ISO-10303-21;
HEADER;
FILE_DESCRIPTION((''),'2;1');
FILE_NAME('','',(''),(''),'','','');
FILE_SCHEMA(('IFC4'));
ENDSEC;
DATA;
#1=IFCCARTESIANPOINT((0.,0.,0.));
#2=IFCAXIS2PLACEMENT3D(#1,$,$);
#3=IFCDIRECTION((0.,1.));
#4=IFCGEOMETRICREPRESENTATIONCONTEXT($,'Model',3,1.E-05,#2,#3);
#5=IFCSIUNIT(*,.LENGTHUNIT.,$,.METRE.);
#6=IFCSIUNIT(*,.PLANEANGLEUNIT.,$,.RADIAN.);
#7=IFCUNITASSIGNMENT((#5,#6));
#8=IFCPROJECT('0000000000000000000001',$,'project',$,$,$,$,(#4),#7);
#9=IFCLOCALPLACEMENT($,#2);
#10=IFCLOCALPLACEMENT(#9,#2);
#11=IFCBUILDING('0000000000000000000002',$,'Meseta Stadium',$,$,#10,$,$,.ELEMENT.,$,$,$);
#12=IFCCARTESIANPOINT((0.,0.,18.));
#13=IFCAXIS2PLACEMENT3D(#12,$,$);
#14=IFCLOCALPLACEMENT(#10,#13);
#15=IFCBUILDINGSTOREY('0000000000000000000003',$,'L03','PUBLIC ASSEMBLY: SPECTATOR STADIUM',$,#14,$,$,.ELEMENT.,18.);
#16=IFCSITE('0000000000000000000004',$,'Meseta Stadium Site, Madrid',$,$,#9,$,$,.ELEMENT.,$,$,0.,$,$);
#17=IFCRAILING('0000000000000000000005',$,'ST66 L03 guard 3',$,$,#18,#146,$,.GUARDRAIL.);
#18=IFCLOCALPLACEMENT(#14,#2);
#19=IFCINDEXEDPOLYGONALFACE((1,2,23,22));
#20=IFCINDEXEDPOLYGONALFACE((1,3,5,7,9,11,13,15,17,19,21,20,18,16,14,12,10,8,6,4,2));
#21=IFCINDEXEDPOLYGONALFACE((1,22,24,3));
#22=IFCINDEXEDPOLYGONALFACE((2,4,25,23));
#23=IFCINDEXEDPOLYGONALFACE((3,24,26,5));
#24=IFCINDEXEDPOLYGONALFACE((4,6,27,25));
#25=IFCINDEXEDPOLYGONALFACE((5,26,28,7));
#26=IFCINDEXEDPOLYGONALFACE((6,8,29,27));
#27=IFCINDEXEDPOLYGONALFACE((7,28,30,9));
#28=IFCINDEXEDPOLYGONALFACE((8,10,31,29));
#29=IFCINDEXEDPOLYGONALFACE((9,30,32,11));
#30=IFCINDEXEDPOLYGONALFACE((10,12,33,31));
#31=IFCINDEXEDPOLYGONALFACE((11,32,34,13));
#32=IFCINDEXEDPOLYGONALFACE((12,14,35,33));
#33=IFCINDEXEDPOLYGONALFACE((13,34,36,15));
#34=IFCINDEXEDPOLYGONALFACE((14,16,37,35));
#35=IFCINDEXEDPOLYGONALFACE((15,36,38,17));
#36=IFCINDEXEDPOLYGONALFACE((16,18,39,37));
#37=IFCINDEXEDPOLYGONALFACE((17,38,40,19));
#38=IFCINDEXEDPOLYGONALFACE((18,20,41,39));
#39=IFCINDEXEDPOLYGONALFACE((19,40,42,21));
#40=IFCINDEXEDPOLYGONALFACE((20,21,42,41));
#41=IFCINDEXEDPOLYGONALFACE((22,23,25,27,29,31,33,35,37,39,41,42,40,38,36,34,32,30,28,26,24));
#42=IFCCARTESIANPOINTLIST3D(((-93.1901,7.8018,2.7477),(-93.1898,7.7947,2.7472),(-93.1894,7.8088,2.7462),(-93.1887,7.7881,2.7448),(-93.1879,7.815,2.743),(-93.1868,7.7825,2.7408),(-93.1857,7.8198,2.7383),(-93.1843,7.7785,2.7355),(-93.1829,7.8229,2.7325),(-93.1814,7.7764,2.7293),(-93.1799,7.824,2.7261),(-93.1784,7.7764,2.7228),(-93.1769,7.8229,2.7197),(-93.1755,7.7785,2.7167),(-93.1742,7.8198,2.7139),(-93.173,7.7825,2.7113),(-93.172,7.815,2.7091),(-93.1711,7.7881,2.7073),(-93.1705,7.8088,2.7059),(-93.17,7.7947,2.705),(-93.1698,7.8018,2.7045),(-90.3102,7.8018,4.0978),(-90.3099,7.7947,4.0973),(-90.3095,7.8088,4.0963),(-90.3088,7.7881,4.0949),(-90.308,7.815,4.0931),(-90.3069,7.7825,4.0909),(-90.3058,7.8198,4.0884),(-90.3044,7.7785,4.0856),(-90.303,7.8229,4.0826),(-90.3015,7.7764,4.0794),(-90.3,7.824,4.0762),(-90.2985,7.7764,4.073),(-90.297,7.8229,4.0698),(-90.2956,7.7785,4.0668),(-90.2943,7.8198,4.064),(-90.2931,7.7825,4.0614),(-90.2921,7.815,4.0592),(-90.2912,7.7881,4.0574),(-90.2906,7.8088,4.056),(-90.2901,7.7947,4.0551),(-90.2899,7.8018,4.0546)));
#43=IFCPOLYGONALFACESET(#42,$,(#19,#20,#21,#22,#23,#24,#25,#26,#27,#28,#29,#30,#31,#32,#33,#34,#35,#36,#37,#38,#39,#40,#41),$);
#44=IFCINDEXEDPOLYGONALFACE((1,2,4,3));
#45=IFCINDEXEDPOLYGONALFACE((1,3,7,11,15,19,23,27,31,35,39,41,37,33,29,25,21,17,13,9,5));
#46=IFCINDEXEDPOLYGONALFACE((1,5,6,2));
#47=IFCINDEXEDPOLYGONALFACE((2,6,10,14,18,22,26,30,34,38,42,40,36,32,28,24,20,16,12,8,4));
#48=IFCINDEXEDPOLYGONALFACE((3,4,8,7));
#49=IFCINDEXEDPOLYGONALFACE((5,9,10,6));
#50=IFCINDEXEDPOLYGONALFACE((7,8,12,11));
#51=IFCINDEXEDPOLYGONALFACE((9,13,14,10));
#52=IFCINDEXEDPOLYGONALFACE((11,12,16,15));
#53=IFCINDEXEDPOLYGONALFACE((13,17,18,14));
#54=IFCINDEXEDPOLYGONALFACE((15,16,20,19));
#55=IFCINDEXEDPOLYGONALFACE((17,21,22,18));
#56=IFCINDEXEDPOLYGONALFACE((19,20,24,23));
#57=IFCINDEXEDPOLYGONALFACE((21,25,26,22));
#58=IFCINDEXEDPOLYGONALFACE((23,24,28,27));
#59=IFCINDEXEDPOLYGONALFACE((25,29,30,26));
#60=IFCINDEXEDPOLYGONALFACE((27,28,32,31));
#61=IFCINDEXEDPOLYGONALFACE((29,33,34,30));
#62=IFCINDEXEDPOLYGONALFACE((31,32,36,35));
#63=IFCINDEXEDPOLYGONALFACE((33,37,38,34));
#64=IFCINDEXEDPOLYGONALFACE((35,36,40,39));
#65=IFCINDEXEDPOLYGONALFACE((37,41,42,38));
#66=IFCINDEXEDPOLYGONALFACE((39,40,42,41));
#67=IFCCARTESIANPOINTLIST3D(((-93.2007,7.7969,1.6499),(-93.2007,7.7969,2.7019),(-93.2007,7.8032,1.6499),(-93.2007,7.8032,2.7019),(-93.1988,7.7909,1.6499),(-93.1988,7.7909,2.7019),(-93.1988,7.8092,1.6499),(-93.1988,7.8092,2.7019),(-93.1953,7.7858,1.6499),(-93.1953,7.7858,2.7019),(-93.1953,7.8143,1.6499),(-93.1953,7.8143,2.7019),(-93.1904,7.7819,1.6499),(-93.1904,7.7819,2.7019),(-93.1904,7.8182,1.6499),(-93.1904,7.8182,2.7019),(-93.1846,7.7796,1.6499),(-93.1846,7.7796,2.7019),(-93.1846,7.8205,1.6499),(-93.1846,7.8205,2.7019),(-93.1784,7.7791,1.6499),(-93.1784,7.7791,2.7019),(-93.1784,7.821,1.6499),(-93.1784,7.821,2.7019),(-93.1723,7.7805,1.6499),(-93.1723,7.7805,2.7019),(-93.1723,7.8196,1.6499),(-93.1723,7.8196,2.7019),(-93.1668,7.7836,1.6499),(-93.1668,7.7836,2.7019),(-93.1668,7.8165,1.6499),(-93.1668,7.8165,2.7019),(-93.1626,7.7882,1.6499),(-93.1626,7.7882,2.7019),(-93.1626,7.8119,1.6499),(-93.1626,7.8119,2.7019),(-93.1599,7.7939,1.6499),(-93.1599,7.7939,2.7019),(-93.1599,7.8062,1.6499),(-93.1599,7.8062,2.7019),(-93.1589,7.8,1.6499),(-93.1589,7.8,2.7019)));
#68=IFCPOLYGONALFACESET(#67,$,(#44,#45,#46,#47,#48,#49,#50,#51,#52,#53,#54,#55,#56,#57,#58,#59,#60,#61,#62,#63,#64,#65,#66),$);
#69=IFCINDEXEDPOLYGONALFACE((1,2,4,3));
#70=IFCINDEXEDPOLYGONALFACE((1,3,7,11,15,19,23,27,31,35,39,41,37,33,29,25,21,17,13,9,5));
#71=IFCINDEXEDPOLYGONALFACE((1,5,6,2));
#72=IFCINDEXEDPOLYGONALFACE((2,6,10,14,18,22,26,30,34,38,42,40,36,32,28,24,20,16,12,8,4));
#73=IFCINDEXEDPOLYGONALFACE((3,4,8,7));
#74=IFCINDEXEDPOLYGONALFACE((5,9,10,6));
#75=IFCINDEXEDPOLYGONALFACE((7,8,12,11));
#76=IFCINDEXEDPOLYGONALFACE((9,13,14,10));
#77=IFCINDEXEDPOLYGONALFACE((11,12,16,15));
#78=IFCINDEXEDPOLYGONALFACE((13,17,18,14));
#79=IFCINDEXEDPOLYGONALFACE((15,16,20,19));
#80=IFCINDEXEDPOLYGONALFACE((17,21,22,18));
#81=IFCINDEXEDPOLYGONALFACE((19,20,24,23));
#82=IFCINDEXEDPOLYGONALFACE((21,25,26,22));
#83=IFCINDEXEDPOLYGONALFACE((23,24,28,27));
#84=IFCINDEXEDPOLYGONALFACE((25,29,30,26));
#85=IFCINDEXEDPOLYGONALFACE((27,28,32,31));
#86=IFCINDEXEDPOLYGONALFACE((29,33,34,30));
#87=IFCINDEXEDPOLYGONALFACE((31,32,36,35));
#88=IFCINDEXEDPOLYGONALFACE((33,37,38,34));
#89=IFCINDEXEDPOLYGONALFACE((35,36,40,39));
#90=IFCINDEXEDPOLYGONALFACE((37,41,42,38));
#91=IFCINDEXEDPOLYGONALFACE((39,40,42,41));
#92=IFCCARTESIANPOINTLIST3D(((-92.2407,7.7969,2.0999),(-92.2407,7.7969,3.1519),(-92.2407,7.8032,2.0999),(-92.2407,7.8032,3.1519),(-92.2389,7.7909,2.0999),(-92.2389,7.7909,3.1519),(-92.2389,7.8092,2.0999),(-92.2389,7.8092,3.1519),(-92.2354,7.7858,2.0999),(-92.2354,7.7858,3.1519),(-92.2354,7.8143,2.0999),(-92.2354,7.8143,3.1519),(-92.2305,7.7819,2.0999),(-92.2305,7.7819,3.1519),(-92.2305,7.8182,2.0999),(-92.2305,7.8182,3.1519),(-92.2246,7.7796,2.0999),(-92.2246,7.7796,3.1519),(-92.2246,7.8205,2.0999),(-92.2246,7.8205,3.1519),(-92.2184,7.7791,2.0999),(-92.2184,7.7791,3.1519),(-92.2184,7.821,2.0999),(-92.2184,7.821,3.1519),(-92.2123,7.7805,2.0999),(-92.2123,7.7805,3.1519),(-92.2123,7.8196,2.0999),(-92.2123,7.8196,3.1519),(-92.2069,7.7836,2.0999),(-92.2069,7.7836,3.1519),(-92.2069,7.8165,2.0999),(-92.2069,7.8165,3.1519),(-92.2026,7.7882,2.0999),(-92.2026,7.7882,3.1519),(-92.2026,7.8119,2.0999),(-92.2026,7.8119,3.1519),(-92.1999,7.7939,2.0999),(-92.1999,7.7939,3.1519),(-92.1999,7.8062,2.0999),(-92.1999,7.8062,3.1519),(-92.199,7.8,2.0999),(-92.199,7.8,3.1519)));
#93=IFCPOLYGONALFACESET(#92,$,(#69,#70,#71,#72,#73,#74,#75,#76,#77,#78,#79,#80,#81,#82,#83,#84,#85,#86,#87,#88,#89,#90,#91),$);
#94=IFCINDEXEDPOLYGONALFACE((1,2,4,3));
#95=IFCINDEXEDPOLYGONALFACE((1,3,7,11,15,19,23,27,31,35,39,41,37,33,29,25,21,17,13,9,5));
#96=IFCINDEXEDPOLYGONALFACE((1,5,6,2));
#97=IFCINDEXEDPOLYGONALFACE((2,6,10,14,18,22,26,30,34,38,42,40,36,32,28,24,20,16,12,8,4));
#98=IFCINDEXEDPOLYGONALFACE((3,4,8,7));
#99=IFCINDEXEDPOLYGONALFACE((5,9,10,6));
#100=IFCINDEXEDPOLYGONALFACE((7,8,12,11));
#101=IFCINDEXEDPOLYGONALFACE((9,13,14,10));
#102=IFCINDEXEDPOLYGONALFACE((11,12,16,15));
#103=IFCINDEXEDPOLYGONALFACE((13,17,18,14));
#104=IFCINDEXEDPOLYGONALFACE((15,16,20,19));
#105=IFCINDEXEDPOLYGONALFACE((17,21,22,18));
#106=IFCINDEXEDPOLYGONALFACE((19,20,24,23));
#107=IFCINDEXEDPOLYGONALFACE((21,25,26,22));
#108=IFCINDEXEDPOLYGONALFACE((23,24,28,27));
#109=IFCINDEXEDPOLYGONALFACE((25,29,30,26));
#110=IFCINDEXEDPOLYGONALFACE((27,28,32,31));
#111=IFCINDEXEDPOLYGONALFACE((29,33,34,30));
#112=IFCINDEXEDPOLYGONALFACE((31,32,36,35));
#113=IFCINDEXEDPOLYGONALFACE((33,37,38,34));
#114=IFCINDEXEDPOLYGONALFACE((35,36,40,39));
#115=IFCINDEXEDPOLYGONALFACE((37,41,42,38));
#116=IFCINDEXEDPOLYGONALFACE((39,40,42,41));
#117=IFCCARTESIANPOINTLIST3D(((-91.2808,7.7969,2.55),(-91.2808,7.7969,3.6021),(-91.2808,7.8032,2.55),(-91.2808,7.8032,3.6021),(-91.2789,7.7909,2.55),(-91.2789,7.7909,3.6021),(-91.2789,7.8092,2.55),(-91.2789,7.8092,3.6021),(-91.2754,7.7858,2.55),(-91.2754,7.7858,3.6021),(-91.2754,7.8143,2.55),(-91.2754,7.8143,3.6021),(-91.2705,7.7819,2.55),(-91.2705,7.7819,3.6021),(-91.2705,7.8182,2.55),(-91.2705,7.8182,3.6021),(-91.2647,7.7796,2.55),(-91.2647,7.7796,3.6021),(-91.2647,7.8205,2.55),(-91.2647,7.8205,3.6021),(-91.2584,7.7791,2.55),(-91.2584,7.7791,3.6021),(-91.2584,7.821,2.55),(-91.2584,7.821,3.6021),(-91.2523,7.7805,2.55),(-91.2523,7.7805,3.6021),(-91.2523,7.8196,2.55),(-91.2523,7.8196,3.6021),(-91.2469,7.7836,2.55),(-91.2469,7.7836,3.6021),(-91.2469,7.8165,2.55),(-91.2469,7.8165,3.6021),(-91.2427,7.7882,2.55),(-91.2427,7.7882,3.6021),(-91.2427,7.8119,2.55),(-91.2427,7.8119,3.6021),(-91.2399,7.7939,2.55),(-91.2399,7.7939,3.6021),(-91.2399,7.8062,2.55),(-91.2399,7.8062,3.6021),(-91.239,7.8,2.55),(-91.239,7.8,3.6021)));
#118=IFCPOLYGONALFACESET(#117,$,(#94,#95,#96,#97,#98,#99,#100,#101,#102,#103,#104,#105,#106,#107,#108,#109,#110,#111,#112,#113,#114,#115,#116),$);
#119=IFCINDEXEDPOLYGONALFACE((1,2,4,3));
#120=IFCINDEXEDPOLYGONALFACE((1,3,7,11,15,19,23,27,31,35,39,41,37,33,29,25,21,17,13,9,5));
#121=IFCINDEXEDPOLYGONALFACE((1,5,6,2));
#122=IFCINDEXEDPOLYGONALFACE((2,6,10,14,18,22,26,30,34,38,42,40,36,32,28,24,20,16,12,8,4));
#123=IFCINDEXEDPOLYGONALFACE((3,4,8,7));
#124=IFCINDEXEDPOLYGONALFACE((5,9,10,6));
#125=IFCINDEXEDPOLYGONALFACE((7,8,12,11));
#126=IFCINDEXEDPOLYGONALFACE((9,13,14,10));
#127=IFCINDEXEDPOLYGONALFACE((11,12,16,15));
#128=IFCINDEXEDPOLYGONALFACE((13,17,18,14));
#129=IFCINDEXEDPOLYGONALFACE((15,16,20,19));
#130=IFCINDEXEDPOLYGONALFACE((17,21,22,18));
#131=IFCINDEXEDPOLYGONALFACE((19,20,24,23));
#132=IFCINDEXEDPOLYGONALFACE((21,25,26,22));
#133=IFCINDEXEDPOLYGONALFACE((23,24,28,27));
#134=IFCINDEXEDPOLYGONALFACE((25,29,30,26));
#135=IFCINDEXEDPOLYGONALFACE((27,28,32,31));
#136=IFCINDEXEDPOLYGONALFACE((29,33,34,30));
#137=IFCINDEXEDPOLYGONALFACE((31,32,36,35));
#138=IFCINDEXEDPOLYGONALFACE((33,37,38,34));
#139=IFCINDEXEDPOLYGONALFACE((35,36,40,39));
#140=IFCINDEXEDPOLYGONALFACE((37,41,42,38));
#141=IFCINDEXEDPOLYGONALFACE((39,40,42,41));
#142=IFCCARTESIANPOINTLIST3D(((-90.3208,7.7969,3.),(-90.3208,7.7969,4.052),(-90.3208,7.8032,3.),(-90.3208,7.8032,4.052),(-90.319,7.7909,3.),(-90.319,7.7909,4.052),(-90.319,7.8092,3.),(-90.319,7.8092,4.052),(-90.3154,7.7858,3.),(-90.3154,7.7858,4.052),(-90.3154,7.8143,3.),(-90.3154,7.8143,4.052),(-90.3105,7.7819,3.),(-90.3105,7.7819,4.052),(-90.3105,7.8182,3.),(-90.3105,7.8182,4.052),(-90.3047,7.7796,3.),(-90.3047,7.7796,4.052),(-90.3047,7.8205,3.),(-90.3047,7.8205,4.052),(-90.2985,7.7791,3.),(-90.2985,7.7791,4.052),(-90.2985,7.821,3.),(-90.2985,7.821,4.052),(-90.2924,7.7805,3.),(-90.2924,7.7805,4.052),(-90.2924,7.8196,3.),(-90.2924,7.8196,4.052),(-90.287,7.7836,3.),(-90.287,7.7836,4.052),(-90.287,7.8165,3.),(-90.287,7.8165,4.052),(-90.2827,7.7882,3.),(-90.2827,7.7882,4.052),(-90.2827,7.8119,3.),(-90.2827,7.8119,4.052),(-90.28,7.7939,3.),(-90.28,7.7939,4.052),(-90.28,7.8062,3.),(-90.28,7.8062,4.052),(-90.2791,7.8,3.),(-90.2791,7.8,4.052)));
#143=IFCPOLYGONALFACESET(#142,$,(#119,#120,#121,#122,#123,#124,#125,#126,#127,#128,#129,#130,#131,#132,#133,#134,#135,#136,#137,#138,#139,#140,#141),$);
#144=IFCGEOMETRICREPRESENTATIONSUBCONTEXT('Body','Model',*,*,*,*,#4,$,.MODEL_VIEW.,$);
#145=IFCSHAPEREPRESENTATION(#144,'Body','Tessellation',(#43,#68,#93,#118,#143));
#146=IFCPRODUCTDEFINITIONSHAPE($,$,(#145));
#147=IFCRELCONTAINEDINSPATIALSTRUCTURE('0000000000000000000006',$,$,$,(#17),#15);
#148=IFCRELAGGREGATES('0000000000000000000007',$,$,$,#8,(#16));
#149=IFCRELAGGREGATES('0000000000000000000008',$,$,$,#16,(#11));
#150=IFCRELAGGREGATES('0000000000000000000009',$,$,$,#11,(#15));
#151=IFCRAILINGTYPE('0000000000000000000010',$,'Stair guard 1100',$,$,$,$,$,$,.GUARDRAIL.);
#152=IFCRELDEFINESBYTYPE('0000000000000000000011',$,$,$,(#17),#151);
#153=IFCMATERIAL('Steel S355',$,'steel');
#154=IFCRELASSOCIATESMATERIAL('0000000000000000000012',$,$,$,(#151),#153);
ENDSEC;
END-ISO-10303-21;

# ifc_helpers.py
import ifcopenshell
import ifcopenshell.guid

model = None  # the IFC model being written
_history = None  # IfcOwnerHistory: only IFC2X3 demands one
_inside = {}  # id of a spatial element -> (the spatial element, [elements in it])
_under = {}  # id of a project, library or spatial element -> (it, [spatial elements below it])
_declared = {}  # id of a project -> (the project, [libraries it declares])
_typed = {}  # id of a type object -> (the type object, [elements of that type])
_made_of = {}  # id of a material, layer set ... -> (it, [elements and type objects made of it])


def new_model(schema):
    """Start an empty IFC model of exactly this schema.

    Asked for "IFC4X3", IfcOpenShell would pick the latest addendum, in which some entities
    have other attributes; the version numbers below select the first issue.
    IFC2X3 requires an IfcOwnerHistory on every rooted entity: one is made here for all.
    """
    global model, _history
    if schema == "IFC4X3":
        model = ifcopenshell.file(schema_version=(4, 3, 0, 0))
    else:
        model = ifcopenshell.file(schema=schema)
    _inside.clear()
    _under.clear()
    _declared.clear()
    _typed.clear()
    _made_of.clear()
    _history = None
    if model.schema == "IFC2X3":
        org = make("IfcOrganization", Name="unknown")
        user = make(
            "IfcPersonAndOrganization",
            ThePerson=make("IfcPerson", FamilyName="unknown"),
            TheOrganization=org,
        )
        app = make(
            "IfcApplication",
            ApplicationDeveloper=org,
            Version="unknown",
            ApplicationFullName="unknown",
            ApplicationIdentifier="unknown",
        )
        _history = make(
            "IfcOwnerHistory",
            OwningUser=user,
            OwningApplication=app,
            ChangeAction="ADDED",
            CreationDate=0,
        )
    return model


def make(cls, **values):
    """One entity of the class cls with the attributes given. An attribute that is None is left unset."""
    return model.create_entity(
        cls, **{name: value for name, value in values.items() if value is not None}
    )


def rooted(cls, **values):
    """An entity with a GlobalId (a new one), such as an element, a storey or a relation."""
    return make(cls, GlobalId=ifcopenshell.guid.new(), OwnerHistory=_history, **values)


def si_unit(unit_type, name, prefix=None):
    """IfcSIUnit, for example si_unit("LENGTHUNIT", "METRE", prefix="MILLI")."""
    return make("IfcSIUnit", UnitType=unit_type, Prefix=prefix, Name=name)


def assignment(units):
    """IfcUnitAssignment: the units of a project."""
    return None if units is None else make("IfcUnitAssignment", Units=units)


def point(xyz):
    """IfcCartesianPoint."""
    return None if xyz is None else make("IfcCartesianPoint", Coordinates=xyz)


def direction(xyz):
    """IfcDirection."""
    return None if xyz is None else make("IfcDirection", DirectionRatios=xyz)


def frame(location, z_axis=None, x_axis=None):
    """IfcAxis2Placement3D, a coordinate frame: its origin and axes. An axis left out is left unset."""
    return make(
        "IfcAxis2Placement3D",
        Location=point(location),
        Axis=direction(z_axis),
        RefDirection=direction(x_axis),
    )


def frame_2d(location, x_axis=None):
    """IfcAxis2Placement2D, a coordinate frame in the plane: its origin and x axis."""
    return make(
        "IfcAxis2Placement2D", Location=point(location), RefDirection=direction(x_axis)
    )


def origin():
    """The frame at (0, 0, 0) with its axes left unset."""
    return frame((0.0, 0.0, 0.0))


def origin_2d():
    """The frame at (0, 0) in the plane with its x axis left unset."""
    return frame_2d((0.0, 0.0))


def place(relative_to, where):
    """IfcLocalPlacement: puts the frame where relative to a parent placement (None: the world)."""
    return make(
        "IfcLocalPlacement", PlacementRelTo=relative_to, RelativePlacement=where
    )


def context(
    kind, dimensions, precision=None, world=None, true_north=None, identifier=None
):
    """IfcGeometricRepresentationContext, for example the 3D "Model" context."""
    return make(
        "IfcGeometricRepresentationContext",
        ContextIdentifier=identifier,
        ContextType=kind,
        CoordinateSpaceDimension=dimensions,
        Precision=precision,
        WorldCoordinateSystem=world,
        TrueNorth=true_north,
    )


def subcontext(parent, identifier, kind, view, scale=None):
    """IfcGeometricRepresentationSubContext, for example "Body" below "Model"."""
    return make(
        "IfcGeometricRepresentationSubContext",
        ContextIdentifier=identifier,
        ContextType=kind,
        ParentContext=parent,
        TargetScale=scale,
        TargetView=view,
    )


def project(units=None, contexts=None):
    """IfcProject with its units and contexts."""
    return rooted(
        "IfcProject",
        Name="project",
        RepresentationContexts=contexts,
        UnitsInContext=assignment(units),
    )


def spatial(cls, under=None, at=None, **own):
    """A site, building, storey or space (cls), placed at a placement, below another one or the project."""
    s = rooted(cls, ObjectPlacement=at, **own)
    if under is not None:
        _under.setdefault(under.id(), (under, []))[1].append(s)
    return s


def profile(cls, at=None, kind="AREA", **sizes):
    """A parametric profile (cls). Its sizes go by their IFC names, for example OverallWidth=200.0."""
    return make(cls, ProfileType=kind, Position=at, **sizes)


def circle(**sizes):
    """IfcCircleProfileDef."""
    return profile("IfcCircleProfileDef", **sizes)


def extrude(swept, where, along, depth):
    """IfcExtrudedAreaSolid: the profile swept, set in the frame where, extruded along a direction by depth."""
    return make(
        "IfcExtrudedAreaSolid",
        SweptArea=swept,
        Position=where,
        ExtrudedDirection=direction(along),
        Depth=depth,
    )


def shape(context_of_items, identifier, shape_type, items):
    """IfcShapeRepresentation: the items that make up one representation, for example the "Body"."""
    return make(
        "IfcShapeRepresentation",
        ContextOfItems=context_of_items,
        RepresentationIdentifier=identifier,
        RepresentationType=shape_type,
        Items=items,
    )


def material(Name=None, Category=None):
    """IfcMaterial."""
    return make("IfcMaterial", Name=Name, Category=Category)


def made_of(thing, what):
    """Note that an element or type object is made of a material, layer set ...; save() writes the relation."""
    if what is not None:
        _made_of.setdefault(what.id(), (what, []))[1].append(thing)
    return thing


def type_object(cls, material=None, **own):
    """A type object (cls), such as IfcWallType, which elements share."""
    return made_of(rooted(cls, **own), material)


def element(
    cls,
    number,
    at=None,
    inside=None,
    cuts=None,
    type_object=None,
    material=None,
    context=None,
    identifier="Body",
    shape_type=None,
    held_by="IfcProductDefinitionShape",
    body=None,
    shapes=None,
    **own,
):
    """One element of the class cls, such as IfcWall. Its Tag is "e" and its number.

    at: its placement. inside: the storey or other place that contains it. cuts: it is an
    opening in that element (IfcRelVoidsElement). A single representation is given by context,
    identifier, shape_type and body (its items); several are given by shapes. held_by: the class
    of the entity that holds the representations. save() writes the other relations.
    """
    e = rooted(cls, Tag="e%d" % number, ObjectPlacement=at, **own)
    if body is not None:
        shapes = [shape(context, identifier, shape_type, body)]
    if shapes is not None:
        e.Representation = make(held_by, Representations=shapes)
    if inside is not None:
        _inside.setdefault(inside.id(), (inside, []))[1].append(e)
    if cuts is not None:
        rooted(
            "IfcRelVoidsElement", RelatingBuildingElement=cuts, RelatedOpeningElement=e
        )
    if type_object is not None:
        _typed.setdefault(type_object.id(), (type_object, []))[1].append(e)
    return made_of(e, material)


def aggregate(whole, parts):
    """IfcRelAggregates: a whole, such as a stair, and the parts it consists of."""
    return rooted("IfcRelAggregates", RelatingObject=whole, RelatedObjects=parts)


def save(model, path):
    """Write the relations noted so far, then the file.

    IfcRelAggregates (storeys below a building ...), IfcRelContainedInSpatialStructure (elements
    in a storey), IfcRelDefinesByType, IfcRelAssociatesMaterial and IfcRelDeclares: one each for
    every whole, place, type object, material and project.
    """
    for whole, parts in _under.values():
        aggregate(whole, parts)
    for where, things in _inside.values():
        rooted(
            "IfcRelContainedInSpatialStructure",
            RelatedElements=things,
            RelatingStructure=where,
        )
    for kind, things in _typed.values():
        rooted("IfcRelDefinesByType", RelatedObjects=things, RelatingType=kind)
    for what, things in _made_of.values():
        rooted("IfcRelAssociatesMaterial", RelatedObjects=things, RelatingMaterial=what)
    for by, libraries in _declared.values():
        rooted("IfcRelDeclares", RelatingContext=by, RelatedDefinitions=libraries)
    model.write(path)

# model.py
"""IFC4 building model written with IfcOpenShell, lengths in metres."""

from ifc_helpers import new_model, si_unit, direction, frame, origin, origin_2d, place, context, subcontext, project, spatial, circle, extrude, material, type_object, element, save


model = new_model("IFC4")

# Units and contexts
model_context = context("Model", 3, precision=1e-05, world=origin(), true_north=direction((0.0, 1.0)))
body_context = subcontext(model_context, "Body", "Model", "MODEL_VIEW")
ifc_project = project(units=[si_unit("LENGTHUNIT", "METRE"), si_unit("PLANEANGLEUNIT", "RADIAN")], contexts=[model_context])

# Site, building, storey
site_placement = place(None, origin())
site = spatial("IfcSite", under=ifc_project, at=site_placement, Name="Meseta Stadium Site, Madrid", CompositionType="ELEMENT", RefElevation=0.0)
building_placement = place(site_placement, origin())
building = spatial("IfcBuilding", under=site, at=building_placement, Name="Meseta Stadium", CompositionType="ELEMENT")
storey_placement = place(building_placement, frame((0.0, 0.0, 18.0)))
storey = spatial("IfcBuildingStorey", under=building, at=storey_placement, Name="L03", Description="PUBLIC ASSEMBLY: SPECTATOR STADIUM", CompositionType="ELEMENT", Elevation=18.0)

# Railing
ifc_material_1 = material(Name="Steel S355", Category="steel")
railing_type_1 = type_object("IfcRailingType", Name="Stair guard 1100", PredefinedType="GUARDRAIL", material=ifc_material_1)
railing_1_placement = place(storey_placement, frame((-93.1799, 7.8, 1.6499)))
element("IfcRailing", 1, at=railing_1_placement, inside=storey, type_object=railing_type_1, Name="ST66 L03 guard 3", PredefinedType="GUARDRAIL", context=body_context, shape_type="SweptSolid", body=[
    extrude(circle(Radius=0.0239, at=origin_2d()), frame((0.0, 0.0, 1.0762), z_axis=(0.90544, 0.0, 0.424473), x_axis=(0.0, 1.0, 0.0)), (0.0, 0.0, 1.0), 3.1807),
    extrude(circle(Radius=0.021, at=origin_2d()), origin(), (0.0, 0.0, 1.0), 1.052),
    extrude(circle(Radius=0.021, at=origin_2d()), frame((0.96, 0.0, 0.45)), (0.0, 0.0, 1.0), 1.052),
    extrude(circle(Radius=0.021, at=origin_2d()), frame((1.9199, 0.0, 0.9001)), (0.0, 0.0, 1.0), 1.052),
    extrude(circle(Radius=0.021, at=origin_2d()), frame((2.8799, 0.0, 1.3501)), (0.0, 0.0, 1.0), 1.052),
])

save(model, "model.ifc")
